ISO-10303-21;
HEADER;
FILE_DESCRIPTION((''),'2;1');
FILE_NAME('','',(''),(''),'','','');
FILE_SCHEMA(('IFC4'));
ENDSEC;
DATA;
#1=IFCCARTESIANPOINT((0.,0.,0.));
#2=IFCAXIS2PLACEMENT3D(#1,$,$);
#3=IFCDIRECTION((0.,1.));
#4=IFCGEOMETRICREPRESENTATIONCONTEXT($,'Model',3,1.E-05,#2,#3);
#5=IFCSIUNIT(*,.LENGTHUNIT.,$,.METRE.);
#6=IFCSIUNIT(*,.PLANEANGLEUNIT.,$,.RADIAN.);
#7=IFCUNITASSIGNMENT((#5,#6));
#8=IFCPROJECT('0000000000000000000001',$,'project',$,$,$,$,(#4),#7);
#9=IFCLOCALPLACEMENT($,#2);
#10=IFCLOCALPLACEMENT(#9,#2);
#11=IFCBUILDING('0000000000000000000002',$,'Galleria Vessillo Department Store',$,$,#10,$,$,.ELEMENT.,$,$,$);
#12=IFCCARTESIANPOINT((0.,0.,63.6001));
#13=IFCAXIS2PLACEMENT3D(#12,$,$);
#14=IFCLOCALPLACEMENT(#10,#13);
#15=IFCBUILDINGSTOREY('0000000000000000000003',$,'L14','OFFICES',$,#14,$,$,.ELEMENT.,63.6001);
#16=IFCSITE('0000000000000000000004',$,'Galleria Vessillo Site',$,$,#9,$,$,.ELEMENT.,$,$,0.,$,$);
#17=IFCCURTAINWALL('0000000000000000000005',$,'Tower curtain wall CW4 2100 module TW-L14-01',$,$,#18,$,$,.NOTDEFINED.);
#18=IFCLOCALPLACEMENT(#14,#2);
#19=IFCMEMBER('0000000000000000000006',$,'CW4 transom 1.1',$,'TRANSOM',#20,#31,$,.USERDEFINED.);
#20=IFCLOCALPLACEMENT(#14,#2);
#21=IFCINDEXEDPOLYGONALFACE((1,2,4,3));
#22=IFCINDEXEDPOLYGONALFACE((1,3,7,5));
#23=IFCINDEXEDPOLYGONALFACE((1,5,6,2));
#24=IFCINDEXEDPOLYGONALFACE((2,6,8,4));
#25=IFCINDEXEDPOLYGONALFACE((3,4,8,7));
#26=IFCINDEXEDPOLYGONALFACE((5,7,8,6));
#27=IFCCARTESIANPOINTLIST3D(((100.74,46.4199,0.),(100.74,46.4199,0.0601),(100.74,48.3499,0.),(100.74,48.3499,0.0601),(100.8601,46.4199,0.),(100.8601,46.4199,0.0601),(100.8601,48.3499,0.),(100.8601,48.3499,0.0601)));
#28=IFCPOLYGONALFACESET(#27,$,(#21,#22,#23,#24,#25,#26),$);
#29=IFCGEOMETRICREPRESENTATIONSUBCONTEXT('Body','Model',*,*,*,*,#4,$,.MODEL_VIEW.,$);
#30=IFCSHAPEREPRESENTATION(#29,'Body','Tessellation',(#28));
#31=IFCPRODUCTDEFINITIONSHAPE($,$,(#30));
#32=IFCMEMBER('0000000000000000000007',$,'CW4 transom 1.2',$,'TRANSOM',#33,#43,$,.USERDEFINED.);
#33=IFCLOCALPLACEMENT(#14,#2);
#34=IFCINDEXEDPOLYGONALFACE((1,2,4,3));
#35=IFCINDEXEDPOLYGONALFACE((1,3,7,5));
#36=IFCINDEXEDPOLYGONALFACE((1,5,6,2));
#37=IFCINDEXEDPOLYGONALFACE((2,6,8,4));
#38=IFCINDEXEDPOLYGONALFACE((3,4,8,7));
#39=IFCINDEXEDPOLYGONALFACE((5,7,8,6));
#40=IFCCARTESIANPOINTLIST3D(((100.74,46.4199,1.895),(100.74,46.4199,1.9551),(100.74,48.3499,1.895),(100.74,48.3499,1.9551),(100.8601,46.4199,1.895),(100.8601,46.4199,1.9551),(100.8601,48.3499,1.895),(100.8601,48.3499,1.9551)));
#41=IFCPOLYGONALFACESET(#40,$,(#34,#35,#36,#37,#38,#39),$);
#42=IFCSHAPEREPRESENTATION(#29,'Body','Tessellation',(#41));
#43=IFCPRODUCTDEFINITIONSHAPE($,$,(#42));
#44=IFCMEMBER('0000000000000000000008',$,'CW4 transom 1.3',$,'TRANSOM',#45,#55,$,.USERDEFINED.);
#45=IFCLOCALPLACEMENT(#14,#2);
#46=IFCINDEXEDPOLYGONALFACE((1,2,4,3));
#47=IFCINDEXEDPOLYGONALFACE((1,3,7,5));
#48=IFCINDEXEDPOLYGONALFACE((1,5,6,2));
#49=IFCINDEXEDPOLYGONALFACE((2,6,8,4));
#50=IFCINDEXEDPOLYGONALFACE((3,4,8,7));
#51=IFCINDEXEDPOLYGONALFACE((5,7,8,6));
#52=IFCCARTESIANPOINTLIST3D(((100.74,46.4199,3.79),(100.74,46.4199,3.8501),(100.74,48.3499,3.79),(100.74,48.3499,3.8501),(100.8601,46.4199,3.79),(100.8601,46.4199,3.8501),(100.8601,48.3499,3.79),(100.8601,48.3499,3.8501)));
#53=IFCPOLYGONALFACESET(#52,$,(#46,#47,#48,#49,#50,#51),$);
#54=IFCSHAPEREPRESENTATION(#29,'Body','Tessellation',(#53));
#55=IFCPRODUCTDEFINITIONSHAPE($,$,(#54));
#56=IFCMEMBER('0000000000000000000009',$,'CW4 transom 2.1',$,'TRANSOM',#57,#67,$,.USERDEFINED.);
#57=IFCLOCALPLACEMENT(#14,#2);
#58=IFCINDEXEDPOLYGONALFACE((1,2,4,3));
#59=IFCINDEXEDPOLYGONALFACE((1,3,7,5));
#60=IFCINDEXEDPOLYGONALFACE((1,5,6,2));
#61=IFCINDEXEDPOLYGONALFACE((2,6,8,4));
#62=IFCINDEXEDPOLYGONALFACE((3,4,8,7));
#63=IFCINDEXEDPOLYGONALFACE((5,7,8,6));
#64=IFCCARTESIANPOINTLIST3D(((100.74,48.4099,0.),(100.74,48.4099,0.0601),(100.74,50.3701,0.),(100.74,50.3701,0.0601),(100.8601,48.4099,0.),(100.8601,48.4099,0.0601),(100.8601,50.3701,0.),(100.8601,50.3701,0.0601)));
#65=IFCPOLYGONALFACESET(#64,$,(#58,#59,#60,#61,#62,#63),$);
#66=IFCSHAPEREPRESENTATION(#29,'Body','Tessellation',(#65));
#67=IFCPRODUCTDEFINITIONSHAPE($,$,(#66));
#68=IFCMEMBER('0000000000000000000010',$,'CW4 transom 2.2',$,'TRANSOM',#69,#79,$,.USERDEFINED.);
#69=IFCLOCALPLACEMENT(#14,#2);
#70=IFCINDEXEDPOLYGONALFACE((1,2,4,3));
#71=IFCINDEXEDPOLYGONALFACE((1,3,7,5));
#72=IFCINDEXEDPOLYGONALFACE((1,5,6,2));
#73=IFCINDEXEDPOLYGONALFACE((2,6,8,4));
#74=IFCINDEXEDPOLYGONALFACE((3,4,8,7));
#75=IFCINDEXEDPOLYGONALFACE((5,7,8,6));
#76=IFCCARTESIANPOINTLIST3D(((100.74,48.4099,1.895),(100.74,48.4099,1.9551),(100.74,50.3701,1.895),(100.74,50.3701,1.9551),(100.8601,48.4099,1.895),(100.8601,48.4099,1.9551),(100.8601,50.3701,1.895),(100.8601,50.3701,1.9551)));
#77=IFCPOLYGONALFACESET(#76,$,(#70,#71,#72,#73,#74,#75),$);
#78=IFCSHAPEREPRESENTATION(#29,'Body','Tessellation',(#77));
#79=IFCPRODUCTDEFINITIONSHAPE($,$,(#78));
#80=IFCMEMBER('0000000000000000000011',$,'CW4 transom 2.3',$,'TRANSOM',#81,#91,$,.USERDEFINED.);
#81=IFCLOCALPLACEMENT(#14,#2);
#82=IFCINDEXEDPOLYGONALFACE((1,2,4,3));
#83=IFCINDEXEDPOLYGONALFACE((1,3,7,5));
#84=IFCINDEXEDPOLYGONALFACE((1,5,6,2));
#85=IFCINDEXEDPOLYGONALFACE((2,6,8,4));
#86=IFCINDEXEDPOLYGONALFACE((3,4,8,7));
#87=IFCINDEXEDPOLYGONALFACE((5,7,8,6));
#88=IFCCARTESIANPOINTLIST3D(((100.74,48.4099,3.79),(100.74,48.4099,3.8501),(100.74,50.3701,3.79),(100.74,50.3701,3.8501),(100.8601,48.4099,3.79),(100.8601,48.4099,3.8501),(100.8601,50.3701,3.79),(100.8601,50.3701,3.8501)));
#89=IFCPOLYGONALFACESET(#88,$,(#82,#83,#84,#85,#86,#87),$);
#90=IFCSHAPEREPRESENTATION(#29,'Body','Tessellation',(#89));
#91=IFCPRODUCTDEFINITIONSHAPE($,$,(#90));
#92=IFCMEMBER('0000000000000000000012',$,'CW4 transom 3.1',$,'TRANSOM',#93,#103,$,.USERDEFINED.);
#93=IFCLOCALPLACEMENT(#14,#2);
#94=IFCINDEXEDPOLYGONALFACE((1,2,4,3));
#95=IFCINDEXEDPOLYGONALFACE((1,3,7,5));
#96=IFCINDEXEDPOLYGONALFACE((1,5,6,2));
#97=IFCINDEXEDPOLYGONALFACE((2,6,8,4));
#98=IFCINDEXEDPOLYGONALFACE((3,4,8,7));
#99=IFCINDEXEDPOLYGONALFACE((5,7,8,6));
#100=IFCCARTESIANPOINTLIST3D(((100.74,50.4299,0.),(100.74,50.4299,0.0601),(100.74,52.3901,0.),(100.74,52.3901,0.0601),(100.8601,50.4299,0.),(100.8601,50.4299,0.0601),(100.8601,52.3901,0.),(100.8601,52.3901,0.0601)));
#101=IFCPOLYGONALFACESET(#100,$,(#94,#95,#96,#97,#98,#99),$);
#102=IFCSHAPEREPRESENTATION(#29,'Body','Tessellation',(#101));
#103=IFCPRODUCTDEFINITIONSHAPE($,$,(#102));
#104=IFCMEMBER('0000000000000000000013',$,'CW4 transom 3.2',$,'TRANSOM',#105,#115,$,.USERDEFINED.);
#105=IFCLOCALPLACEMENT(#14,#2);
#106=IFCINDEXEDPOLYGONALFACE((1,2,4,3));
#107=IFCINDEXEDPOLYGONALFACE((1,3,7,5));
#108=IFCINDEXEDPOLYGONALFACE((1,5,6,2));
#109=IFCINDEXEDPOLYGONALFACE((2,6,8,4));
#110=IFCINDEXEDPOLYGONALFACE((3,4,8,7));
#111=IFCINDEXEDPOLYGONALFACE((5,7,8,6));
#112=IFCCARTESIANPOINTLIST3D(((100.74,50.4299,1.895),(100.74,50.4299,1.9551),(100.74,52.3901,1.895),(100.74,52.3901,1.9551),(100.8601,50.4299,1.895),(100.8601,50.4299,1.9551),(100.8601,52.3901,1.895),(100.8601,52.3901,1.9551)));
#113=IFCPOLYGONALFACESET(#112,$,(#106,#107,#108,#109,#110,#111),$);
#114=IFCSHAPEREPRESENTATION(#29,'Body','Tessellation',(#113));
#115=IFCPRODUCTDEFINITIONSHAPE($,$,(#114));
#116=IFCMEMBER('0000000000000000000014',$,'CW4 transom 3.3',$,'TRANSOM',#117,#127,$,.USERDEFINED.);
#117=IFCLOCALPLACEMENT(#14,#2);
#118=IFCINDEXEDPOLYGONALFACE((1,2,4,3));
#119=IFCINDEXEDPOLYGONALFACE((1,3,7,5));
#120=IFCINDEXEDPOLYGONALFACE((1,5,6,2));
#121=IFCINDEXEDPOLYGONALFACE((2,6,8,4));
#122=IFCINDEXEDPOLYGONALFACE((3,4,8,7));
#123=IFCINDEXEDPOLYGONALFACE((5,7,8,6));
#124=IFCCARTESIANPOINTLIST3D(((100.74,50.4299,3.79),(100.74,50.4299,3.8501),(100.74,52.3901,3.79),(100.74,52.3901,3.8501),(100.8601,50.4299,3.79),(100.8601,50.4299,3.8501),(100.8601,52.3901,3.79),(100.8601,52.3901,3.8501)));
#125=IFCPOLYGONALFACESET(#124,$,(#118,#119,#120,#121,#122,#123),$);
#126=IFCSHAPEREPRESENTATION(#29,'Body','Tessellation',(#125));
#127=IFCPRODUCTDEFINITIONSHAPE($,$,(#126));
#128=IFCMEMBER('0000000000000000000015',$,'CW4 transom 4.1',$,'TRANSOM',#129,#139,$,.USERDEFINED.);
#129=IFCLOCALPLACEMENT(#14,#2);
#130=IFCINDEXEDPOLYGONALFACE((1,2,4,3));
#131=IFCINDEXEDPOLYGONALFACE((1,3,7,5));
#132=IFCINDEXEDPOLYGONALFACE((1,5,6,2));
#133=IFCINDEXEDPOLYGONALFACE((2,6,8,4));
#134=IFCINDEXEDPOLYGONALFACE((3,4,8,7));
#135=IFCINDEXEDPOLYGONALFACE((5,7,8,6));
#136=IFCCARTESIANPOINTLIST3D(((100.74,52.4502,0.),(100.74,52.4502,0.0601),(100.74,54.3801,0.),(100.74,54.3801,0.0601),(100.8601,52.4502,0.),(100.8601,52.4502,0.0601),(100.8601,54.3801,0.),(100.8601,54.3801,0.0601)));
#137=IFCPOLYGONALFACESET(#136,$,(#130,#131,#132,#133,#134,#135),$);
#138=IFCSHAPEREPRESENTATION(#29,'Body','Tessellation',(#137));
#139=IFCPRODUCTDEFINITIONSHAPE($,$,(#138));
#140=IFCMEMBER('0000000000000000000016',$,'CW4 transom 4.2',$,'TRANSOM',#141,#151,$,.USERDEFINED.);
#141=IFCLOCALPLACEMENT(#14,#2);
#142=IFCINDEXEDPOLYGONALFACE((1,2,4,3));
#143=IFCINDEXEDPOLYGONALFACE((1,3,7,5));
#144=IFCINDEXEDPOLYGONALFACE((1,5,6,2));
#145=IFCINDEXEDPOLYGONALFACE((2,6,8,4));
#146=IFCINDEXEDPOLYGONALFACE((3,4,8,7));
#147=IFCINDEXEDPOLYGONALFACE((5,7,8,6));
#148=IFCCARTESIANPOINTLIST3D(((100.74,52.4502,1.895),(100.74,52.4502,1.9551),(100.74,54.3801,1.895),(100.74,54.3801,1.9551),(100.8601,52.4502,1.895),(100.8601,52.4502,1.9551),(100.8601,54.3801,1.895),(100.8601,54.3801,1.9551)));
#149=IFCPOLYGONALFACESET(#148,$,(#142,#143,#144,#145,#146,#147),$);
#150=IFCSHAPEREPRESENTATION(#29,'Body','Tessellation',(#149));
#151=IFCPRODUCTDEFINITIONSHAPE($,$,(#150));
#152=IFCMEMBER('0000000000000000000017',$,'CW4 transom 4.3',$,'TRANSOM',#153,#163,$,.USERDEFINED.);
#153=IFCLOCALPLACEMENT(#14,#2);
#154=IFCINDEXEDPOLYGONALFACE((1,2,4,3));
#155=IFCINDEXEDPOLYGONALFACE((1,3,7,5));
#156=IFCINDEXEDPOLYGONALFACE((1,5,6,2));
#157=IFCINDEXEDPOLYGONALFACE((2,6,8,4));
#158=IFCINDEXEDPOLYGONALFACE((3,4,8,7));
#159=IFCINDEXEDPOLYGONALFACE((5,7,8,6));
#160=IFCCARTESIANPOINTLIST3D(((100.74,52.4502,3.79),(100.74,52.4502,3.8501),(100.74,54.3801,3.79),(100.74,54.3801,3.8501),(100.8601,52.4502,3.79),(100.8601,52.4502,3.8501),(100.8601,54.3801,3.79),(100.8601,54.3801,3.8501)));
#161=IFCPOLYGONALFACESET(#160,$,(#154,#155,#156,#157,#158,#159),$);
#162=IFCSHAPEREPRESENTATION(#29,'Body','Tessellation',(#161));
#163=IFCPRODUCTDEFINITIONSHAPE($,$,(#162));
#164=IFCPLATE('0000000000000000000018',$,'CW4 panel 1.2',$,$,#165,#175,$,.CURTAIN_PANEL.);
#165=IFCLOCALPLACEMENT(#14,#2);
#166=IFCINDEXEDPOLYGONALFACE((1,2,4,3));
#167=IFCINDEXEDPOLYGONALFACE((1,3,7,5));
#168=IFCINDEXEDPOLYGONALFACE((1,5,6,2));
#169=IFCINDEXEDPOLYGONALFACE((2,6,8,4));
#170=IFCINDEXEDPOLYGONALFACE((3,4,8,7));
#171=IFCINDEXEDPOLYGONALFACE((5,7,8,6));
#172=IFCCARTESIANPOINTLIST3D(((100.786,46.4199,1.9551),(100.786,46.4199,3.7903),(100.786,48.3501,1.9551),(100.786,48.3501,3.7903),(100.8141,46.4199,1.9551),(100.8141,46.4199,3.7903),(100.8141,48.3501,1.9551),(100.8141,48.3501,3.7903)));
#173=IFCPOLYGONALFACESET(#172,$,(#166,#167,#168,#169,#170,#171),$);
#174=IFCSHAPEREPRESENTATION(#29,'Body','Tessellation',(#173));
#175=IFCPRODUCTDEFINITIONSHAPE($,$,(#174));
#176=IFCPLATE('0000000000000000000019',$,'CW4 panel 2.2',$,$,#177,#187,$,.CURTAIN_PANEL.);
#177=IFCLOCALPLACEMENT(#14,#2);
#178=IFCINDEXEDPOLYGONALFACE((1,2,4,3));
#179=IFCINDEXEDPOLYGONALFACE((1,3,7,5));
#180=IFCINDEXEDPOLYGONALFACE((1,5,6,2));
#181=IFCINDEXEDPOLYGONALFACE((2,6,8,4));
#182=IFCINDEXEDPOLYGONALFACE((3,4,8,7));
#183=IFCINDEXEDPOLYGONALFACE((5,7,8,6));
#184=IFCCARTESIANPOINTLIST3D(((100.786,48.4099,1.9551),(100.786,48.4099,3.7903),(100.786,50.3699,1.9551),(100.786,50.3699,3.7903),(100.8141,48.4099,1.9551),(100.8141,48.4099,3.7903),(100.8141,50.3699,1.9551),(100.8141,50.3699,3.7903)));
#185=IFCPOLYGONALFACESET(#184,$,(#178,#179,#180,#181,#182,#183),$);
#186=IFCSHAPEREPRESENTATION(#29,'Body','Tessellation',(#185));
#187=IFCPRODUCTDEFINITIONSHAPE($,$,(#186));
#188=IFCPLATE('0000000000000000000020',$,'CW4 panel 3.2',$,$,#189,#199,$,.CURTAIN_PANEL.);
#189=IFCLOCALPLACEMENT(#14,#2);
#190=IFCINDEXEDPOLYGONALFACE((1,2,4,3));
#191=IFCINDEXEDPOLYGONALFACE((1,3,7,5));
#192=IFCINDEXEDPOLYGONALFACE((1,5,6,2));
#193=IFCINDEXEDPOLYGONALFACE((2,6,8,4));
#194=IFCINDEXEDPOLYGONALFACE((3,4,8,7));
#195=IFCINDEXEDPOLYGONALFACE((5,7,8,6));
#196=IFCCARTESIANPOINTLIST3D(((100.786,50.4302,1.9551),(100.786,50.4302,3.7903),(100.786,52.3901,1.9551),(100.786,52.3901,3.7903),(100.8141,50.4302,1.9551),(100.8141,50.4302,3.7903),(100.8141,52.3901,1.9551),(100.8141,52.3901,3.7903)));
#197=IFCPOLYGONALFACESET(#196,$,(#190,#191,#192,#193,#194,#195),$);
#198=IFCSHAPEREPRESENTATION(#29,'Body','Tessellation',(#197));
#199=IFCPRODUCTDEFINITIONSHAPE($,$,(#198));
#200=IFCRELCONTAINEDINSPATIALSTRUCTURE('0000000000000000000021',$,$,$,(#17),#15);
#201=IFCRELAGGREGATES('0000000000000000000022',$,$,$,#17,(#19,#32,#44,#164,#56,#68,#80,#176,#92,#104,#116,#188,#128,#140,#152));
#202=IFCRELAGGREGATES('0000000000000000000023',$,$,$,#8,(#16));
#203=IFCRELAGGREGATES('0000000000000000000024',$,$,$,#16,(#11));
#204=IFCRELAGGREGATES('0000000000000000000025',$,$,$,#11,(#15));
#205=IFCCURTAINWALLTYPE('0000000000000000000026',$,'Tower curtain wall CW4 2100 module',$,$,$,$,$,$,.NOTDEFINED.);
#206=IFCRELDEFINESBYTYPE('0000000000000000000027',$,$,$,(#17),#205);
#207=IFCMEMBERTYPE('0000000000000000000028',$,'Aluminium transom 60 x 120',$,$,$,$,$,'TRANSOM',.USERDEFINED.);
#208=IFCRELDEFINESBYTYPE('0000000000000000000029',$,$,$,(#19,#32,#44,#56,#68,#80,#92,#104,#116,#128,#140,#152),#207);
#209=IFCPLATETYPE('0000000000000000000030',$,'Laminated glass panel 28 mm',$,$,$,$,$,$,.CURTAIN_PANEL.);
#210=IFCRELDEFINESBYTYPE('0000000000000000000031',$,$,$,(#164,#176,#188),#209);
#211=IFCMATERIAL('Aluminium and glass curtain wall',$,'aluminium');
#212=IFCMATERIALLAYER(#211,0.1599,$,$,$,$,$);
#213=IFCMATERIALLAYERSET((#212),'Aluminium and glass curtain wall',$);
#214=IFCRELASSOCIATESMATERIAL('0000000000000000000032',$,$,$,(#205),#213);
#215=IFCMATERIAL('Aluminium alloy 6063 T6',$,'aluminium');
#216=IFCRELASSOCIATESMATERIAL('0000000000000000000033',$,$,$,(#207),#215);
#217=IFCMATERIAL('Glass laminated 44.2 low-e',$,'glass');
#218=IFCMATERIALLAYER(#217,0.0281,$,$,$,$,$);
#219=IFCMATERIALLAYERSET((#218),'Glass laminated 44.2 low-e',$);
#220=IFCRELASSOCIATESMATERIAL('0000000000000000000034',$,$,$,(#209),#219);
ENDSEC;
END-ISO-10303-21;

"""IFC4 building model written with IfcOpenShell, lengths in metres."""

from ifc_helpers import new_model, si_unit, direction, frame, origin, origin_2d, place, context, subcontext, project, spatial, rectangle, extrude, material, layer, layer_set, material_profile, profile_set, type_object, element, aggregate, save


model = new_model("IFC4")

# Units and contexts
model_context = context("Model", 3, precision=1e-05, world=origin(), true_north=direction((0.0, 1.0)))
body_context = subcontext(model_context, "Body", "Model", "MODEL_VIEW")
ifc_project = project(units=[si_unit("LENGTHUNIT", "METRE"), si_unit("PLANEANGLEUNIT", "RADIAN")], contexts=[model_context])

# Site, building, storey
site_placement = place(None, origin())
site = spatial("IfcSite", under=ifc_project, at=site_placement, Name="Galleria Vessillo Site", CompositionType="ELEMENT", RefElevation=0.0)
building_placement = place(site_placement, origin())
building = spatial("IfcBuilding", under=site, at=building_placement, Name="Galleria Vessillo Department Store", CompositionType="ELEMENT")
storey_placement = place(building_placement, frame((0.0, 0.0, 63.6001)))
storey = spatial("IfcBuildingStorey", under=building, at=storey_placement, Name="L14", Description="OFFICES", CompositionType="ELEMENT", Elevation=63.6001)

# Curtain wall, members, plates
ifc_material_1 = material(Name="Aluminium and glass curtain wall", Category="aluminium")
ifc_layer_1 = layer(ifc_material_1, 0.1599)
ifc_layer_set_1 = layer_set([ifc_layer_1], Name="Aluminium and glass curtain wall")
curtain_wall_type = type_object("IfcCurtainWallType", Name="Tower curtain wall CW4 2100 module", PredefinedType="NOTDEFINED", material=ifc_layer_set_1)
curtain_wall_placement = place(storey_placement, origin())
curtain_wall = element("IfcCurtainWall", 1, at=curtain_wall_placement, inside=storey, type_object=curtain_wall_type, Name="Tower curtain wall CW4 2100 module TW-L14-01", PredefinedType="NOTDEFINED")
ifc_material_2 = material(Name="Aluminium alloy 6063 T6", Category="aluminium")
ifc_material_profile = material_profile(ifc_material_2, rectangle(XDim=0.1201, YDim=0.0601, at=origin_2d()), Name="AL 60x120")
ifc_profile_set = profile_set([ifc_material_profile], Name="Aluminium alloy 6063 T6")
member_type = type_object("IfcMemberType", Name="Aluminium transom 60 x 120", ElementType="TRANSOM", PredefinedType="USERDEFINED", material=ifc_profile_set)
member_1_placement = place(storey_placement, frame((100.8, 46.4199, 0.03), z_axis=(0.0, 1.0, 0.0), x_axis=(-1.0, 0.0, 0.0)))
member_1 = element("IfcMember", 2, at=member_1_placement, type_object=member_type, Name="CW4 transom 1.1", ObjectType="TRANSOM", PredefinedType="USERDEFINED", context=body_context, shape_type="SweptSolid", body=[
    extrude(rectangle(XDim=0.1201, YDim=0.0601, at=origin_2d()), origin(), (0.0, 0.0, 1.0), 1.9299),
])
member_2_placement = place(storey_placement, frame((100.8, 46.4199, 1.925), z_axis=(0.0, 1.0, 0.0), x_axis=(-1.0, 0.0, 0.0)))
member_2 = element("IfcMember", 3, at=member_2_placement, type_object=member_type, Name="CW4 transom 1.2", ObjectType="TRANSOM", PredefinedType="USERDEFINED", context=body_context, shape_type="SweptSolid", body=[
    extrude(rectangle(XDim=0.1201, YDim=0.0601, at=origin_2d()), origin(), (0.0, 0.0, 1.0), 1.9299),
])
member_3_placement = place(storey_placement, frame((100.8, 46.4199, 3.8201), z_axis=(0.0, 1.0, 0.0), x_axis=(-1.0, 0.0, 0.0)))
member_3 = element("IfcMember", 4, at=member_3_placement, type_object=member_type, Name="CW4 transom 1.3", ObjectType="TRANSOM", PredefinedType="USERDEFINED", context=body_context, shape_type="SweptSolid", body=[
    extrude(rectangle(XDim=0.1201, YDim=0.0601, at=origin_2d()), origin(), (0.0, 0.0, 1.0), 1.9299),
])
member_4_placement = place(storey_placement, frame((100.8, 48.4099, 0.03), z_axis=(0.0, 1.0, 0.0), x_axis=(-1.0, 0.0, 0.0)))
member_4 = element("IfcMember", 5, at=member_4_placement, type_object=member_type, Name="CW4 transom 2.1", ObjectType="TRANSOM", PredefinedType="USERDEFINED", context=body_context, shape_type="SweptSolid", body=[
    extrude(rectangle(XDim=0.1201, YDim=0.0601, at=origin_2d()), origin(), (0.0, 0.0, 1.0), 1.9602),
])
member_5_placement = place(storey_placement, frame((100.8, 48.4099, 1.925), z_axis=(0.0, 1.0, 0.0), x_axis=(-1.0, 0.0, 0.0)))
member_5 = element("IfcMember", 6, at=member_5_placement, type_object=member_type, Name="CW4 transom 2.2", ObjectType="TRANSOM", PredefinedType="USERDEFINED", context=body_context, shape_type="SweptSolid", body=[
    extrude(rectangle(XDim=0.1201, YDim=0.0601, at=origin_2d()), origin(), (0.0, 0.0, 1.0), 1.9602),
])
member_6_placement = place(storey_placement, frame((100.8, 48.4099, 3.8201), z_axis=(0.0, 1.0, 0.0), x_axis=(-1.0, 0.0, 0.0)))
member_6 = element("IfcMember", 7, at=member_6_placement, type_object=member_type, Name="CW4 transom 2.3", ObjectType="TRANSOM", PredefinedType="USERDEFINED", context=body_context, shape_type="SweptSolid", body=[
    extrude(rectangle(XDim=0.1201, YDim=0.0601, at=origin_2d()), origin(), (0.0, 0.0, 1.0), 1.9602),
])
member_7_placement = place(storey_placement, frame((100.8, 50.4299, 0.03), z_axis=(0.0, 1.0, 0.0), x_axis=(-1.0, 0.0, 0.0)))
member_7 = element("IfcMember", 8, at=member_7_placement, type_object=member_type, Name="CW4 transom 3.1", ObjectType="TRANSOM", PredefinedType="USERDEFINED", context=body_context, shape_type="SweptSolid", body=[
    extrude(rectangle(XDim=0.1201, YDim=0.0601, at=origin_2d()), origin(), (0.0, 0.0, 1.0), 1.9602),
])
member_8_placement = place(storey_placement, frame((100.8, 50.4299, 1.925), z_axis=(0.0, 1.0, 0.0), x_axis=(-1.0, 0.0, 0.0)))
member_8 = element("IfcMember", 9, at=member_8_placement, type_object=member_type, Name="CW4 transom 3.2", ObjectType="TRANSOM", PredefinedType="USERDEFINED", context=body_context, shape_type="SweptSolid", body=[
    extrude(rectangle(XDim=0.1201, YDim=0.0601, at=origin_2d()), origin(), (0.0, 0.0, 1.0), 1.9602),
])
member_9_placement = place(storey_placement, frame((100.8, 50.4299, 3.8201), z_axis=(0.0, 1.0, 0.0), x_axis=(-1.0, 0.0, 0.0)))
member_9 = element("IfcMember", 10, at=member_9_placement, type_object=member_type, Name="CW4 transom 3.3", ObjectType="TRANSOM", PredefinedType="USERDEFINED", context=body_context, shape_type="SweptSolid", body=[
    extrude(rectangle(XDim=0.1201, YDim=0.0601, at=origin_2d()), origin(), (0.0, 0.0, 1.0), 1.9602),
])
member_10_placement = place(storey_placement, frame((100.8, 52.4502, 0.03), z_axis=(0.0, 1.0, 0.0), x_axis=(-1.0, 0.0, 0.0)))
member_10 = element("IfcMember", 11, at=member_10_placement, type_object=member_type, Name="CW4 transom 4.1", ObjectType="TRANSOM", PredefinedType="USERDEFINED", context=body_context, shape_type="SweptSolid", body=[
    extrude(rectangle(XDim=0.1201, YDim=0.0601, at=origin_2d()), origin(), (0.0, 0.0, 1.0), 1.9299),
])
member_11_placement = place(storey_placement, frame((100.8, 52.4502, 1.925), z_axis=(0.0, 1.0, 0.0), x_axis=(-1.0, 0.0, 0.0)))
member_11 = element("IfcMember", 12, at=member_11_placement, type_object=member_type, Name="CW4 transom 4.2", ObjectType="TRANSOM", PredefinedType="USERDEFINED", context=body_context, shape_type="SweptSolid", body=[
    extrude(rectangle(XDim=0.1201, YDim=0.0601, at=origin_2d()), origin(), (0.0, 0.0, 1.0), 1.9299),
])
member_12_placement = place(storey_placement, frame((100.8, 52.4502, 3.8201), z_axis=(0.0, 1.0, 0.0), x_axis=(-1.0, 0.0, 0.0)))
member_12 = element("IfcMember", 13, at=member_12_placement, type_object=member_type, Name="CW4 transom 4.3", ObjectType="TRANSOM", PredefinedType="USERDEFINED", context=body_context, shape_type="SweptSolid", body=[
    extrude(rectangle(XDim=0.1201, YDim=0.0601, at=origin_2d()), origin(), (0.0, 0.0, 1.0), 1.9299),
])
ifc_material_3 = material(Name="Glass laminated 44.2 low-e", Category="glass")
ifc_layer_2 = layer(ifc_material_3, 0.0281)
ifc_layer_set_2 = layer_set([ifc_layer_2], Name="Glass laminated 44.2 low-e")
plate_type_1 = type_object("IfcPlateType", Name="Laminated glass panel 28 mm", PredefinedType="CURTAIN_PANEL", material=ifc_layer_set_2)
plate_1_placement = place(storey_placement, frame((100.8, 47.385, 1.9551), z_axis=(0.0, 0.0, 1.0), x_axis=(0.0, 1.0, 0.0)))
plate_1 = element("IfcPlate", 14, at=plate_1_placement, type_object=plate_type_1, Name="CW4 panel 1.2", PredefinedType="CURTAIN_PANEL", context=body_context, shape_type="SweptSolid", body=[
    extrude(rectangle(XDim=1.9302, YDim=0.0281, at=origin_2d()), origin(), (0.0, 0.0, 1.0), 1.8352),
])
plate_2_placement = place(storey_placement, frame((100.8, 49.3899, 1.9551), z_axis=(0.0, 0.0, 1.0), x_axis=(0.0, 1.0, 0.0)))
plate_2 = element("IfcPlate", 15, at=plate_2_placement, type_object=plate_type_1, Name="CW4 panel 2.2", PredefinedType="CURTAIN_PANEL", context=body_context, shape_type="SweptSolid", body=[
    extrude(rectangle(XDim=1.96, YDim=0.0281, at=origin_2d()), origin(), (0.0, 0.0, 1.0), 1.8352),
])
plate_3_placement = place(storey_placement, frame((100.8, 51.4102, 1.9551), z_axis=(0.0, 0.0, 1.0), x_axis=(0.0, 1.0, 0.0)))
plate_3 = element("IfcPlate", 16, at=plate_3_placement, type_object=plate_type_1, Name="CW4 panel 3.2", PredefinedType="CURTAIN_PANEL", context=body_context, shape_type="SweptSolid", body=[
    extrude(rectangle(XDim=1.96, YDim=0.0281, at=origin_2d()), origin(), (0.0, 0.0, 1.0), 1.8352),
])
aggregate(curtain_wall, [member_1, member_2, member_3, plate_1, member_4, member_5, member_6, plate_2, member_7, member_8, member_9, plate_3, member_10, member_11, member_12])

save(model, "model.ifc")
